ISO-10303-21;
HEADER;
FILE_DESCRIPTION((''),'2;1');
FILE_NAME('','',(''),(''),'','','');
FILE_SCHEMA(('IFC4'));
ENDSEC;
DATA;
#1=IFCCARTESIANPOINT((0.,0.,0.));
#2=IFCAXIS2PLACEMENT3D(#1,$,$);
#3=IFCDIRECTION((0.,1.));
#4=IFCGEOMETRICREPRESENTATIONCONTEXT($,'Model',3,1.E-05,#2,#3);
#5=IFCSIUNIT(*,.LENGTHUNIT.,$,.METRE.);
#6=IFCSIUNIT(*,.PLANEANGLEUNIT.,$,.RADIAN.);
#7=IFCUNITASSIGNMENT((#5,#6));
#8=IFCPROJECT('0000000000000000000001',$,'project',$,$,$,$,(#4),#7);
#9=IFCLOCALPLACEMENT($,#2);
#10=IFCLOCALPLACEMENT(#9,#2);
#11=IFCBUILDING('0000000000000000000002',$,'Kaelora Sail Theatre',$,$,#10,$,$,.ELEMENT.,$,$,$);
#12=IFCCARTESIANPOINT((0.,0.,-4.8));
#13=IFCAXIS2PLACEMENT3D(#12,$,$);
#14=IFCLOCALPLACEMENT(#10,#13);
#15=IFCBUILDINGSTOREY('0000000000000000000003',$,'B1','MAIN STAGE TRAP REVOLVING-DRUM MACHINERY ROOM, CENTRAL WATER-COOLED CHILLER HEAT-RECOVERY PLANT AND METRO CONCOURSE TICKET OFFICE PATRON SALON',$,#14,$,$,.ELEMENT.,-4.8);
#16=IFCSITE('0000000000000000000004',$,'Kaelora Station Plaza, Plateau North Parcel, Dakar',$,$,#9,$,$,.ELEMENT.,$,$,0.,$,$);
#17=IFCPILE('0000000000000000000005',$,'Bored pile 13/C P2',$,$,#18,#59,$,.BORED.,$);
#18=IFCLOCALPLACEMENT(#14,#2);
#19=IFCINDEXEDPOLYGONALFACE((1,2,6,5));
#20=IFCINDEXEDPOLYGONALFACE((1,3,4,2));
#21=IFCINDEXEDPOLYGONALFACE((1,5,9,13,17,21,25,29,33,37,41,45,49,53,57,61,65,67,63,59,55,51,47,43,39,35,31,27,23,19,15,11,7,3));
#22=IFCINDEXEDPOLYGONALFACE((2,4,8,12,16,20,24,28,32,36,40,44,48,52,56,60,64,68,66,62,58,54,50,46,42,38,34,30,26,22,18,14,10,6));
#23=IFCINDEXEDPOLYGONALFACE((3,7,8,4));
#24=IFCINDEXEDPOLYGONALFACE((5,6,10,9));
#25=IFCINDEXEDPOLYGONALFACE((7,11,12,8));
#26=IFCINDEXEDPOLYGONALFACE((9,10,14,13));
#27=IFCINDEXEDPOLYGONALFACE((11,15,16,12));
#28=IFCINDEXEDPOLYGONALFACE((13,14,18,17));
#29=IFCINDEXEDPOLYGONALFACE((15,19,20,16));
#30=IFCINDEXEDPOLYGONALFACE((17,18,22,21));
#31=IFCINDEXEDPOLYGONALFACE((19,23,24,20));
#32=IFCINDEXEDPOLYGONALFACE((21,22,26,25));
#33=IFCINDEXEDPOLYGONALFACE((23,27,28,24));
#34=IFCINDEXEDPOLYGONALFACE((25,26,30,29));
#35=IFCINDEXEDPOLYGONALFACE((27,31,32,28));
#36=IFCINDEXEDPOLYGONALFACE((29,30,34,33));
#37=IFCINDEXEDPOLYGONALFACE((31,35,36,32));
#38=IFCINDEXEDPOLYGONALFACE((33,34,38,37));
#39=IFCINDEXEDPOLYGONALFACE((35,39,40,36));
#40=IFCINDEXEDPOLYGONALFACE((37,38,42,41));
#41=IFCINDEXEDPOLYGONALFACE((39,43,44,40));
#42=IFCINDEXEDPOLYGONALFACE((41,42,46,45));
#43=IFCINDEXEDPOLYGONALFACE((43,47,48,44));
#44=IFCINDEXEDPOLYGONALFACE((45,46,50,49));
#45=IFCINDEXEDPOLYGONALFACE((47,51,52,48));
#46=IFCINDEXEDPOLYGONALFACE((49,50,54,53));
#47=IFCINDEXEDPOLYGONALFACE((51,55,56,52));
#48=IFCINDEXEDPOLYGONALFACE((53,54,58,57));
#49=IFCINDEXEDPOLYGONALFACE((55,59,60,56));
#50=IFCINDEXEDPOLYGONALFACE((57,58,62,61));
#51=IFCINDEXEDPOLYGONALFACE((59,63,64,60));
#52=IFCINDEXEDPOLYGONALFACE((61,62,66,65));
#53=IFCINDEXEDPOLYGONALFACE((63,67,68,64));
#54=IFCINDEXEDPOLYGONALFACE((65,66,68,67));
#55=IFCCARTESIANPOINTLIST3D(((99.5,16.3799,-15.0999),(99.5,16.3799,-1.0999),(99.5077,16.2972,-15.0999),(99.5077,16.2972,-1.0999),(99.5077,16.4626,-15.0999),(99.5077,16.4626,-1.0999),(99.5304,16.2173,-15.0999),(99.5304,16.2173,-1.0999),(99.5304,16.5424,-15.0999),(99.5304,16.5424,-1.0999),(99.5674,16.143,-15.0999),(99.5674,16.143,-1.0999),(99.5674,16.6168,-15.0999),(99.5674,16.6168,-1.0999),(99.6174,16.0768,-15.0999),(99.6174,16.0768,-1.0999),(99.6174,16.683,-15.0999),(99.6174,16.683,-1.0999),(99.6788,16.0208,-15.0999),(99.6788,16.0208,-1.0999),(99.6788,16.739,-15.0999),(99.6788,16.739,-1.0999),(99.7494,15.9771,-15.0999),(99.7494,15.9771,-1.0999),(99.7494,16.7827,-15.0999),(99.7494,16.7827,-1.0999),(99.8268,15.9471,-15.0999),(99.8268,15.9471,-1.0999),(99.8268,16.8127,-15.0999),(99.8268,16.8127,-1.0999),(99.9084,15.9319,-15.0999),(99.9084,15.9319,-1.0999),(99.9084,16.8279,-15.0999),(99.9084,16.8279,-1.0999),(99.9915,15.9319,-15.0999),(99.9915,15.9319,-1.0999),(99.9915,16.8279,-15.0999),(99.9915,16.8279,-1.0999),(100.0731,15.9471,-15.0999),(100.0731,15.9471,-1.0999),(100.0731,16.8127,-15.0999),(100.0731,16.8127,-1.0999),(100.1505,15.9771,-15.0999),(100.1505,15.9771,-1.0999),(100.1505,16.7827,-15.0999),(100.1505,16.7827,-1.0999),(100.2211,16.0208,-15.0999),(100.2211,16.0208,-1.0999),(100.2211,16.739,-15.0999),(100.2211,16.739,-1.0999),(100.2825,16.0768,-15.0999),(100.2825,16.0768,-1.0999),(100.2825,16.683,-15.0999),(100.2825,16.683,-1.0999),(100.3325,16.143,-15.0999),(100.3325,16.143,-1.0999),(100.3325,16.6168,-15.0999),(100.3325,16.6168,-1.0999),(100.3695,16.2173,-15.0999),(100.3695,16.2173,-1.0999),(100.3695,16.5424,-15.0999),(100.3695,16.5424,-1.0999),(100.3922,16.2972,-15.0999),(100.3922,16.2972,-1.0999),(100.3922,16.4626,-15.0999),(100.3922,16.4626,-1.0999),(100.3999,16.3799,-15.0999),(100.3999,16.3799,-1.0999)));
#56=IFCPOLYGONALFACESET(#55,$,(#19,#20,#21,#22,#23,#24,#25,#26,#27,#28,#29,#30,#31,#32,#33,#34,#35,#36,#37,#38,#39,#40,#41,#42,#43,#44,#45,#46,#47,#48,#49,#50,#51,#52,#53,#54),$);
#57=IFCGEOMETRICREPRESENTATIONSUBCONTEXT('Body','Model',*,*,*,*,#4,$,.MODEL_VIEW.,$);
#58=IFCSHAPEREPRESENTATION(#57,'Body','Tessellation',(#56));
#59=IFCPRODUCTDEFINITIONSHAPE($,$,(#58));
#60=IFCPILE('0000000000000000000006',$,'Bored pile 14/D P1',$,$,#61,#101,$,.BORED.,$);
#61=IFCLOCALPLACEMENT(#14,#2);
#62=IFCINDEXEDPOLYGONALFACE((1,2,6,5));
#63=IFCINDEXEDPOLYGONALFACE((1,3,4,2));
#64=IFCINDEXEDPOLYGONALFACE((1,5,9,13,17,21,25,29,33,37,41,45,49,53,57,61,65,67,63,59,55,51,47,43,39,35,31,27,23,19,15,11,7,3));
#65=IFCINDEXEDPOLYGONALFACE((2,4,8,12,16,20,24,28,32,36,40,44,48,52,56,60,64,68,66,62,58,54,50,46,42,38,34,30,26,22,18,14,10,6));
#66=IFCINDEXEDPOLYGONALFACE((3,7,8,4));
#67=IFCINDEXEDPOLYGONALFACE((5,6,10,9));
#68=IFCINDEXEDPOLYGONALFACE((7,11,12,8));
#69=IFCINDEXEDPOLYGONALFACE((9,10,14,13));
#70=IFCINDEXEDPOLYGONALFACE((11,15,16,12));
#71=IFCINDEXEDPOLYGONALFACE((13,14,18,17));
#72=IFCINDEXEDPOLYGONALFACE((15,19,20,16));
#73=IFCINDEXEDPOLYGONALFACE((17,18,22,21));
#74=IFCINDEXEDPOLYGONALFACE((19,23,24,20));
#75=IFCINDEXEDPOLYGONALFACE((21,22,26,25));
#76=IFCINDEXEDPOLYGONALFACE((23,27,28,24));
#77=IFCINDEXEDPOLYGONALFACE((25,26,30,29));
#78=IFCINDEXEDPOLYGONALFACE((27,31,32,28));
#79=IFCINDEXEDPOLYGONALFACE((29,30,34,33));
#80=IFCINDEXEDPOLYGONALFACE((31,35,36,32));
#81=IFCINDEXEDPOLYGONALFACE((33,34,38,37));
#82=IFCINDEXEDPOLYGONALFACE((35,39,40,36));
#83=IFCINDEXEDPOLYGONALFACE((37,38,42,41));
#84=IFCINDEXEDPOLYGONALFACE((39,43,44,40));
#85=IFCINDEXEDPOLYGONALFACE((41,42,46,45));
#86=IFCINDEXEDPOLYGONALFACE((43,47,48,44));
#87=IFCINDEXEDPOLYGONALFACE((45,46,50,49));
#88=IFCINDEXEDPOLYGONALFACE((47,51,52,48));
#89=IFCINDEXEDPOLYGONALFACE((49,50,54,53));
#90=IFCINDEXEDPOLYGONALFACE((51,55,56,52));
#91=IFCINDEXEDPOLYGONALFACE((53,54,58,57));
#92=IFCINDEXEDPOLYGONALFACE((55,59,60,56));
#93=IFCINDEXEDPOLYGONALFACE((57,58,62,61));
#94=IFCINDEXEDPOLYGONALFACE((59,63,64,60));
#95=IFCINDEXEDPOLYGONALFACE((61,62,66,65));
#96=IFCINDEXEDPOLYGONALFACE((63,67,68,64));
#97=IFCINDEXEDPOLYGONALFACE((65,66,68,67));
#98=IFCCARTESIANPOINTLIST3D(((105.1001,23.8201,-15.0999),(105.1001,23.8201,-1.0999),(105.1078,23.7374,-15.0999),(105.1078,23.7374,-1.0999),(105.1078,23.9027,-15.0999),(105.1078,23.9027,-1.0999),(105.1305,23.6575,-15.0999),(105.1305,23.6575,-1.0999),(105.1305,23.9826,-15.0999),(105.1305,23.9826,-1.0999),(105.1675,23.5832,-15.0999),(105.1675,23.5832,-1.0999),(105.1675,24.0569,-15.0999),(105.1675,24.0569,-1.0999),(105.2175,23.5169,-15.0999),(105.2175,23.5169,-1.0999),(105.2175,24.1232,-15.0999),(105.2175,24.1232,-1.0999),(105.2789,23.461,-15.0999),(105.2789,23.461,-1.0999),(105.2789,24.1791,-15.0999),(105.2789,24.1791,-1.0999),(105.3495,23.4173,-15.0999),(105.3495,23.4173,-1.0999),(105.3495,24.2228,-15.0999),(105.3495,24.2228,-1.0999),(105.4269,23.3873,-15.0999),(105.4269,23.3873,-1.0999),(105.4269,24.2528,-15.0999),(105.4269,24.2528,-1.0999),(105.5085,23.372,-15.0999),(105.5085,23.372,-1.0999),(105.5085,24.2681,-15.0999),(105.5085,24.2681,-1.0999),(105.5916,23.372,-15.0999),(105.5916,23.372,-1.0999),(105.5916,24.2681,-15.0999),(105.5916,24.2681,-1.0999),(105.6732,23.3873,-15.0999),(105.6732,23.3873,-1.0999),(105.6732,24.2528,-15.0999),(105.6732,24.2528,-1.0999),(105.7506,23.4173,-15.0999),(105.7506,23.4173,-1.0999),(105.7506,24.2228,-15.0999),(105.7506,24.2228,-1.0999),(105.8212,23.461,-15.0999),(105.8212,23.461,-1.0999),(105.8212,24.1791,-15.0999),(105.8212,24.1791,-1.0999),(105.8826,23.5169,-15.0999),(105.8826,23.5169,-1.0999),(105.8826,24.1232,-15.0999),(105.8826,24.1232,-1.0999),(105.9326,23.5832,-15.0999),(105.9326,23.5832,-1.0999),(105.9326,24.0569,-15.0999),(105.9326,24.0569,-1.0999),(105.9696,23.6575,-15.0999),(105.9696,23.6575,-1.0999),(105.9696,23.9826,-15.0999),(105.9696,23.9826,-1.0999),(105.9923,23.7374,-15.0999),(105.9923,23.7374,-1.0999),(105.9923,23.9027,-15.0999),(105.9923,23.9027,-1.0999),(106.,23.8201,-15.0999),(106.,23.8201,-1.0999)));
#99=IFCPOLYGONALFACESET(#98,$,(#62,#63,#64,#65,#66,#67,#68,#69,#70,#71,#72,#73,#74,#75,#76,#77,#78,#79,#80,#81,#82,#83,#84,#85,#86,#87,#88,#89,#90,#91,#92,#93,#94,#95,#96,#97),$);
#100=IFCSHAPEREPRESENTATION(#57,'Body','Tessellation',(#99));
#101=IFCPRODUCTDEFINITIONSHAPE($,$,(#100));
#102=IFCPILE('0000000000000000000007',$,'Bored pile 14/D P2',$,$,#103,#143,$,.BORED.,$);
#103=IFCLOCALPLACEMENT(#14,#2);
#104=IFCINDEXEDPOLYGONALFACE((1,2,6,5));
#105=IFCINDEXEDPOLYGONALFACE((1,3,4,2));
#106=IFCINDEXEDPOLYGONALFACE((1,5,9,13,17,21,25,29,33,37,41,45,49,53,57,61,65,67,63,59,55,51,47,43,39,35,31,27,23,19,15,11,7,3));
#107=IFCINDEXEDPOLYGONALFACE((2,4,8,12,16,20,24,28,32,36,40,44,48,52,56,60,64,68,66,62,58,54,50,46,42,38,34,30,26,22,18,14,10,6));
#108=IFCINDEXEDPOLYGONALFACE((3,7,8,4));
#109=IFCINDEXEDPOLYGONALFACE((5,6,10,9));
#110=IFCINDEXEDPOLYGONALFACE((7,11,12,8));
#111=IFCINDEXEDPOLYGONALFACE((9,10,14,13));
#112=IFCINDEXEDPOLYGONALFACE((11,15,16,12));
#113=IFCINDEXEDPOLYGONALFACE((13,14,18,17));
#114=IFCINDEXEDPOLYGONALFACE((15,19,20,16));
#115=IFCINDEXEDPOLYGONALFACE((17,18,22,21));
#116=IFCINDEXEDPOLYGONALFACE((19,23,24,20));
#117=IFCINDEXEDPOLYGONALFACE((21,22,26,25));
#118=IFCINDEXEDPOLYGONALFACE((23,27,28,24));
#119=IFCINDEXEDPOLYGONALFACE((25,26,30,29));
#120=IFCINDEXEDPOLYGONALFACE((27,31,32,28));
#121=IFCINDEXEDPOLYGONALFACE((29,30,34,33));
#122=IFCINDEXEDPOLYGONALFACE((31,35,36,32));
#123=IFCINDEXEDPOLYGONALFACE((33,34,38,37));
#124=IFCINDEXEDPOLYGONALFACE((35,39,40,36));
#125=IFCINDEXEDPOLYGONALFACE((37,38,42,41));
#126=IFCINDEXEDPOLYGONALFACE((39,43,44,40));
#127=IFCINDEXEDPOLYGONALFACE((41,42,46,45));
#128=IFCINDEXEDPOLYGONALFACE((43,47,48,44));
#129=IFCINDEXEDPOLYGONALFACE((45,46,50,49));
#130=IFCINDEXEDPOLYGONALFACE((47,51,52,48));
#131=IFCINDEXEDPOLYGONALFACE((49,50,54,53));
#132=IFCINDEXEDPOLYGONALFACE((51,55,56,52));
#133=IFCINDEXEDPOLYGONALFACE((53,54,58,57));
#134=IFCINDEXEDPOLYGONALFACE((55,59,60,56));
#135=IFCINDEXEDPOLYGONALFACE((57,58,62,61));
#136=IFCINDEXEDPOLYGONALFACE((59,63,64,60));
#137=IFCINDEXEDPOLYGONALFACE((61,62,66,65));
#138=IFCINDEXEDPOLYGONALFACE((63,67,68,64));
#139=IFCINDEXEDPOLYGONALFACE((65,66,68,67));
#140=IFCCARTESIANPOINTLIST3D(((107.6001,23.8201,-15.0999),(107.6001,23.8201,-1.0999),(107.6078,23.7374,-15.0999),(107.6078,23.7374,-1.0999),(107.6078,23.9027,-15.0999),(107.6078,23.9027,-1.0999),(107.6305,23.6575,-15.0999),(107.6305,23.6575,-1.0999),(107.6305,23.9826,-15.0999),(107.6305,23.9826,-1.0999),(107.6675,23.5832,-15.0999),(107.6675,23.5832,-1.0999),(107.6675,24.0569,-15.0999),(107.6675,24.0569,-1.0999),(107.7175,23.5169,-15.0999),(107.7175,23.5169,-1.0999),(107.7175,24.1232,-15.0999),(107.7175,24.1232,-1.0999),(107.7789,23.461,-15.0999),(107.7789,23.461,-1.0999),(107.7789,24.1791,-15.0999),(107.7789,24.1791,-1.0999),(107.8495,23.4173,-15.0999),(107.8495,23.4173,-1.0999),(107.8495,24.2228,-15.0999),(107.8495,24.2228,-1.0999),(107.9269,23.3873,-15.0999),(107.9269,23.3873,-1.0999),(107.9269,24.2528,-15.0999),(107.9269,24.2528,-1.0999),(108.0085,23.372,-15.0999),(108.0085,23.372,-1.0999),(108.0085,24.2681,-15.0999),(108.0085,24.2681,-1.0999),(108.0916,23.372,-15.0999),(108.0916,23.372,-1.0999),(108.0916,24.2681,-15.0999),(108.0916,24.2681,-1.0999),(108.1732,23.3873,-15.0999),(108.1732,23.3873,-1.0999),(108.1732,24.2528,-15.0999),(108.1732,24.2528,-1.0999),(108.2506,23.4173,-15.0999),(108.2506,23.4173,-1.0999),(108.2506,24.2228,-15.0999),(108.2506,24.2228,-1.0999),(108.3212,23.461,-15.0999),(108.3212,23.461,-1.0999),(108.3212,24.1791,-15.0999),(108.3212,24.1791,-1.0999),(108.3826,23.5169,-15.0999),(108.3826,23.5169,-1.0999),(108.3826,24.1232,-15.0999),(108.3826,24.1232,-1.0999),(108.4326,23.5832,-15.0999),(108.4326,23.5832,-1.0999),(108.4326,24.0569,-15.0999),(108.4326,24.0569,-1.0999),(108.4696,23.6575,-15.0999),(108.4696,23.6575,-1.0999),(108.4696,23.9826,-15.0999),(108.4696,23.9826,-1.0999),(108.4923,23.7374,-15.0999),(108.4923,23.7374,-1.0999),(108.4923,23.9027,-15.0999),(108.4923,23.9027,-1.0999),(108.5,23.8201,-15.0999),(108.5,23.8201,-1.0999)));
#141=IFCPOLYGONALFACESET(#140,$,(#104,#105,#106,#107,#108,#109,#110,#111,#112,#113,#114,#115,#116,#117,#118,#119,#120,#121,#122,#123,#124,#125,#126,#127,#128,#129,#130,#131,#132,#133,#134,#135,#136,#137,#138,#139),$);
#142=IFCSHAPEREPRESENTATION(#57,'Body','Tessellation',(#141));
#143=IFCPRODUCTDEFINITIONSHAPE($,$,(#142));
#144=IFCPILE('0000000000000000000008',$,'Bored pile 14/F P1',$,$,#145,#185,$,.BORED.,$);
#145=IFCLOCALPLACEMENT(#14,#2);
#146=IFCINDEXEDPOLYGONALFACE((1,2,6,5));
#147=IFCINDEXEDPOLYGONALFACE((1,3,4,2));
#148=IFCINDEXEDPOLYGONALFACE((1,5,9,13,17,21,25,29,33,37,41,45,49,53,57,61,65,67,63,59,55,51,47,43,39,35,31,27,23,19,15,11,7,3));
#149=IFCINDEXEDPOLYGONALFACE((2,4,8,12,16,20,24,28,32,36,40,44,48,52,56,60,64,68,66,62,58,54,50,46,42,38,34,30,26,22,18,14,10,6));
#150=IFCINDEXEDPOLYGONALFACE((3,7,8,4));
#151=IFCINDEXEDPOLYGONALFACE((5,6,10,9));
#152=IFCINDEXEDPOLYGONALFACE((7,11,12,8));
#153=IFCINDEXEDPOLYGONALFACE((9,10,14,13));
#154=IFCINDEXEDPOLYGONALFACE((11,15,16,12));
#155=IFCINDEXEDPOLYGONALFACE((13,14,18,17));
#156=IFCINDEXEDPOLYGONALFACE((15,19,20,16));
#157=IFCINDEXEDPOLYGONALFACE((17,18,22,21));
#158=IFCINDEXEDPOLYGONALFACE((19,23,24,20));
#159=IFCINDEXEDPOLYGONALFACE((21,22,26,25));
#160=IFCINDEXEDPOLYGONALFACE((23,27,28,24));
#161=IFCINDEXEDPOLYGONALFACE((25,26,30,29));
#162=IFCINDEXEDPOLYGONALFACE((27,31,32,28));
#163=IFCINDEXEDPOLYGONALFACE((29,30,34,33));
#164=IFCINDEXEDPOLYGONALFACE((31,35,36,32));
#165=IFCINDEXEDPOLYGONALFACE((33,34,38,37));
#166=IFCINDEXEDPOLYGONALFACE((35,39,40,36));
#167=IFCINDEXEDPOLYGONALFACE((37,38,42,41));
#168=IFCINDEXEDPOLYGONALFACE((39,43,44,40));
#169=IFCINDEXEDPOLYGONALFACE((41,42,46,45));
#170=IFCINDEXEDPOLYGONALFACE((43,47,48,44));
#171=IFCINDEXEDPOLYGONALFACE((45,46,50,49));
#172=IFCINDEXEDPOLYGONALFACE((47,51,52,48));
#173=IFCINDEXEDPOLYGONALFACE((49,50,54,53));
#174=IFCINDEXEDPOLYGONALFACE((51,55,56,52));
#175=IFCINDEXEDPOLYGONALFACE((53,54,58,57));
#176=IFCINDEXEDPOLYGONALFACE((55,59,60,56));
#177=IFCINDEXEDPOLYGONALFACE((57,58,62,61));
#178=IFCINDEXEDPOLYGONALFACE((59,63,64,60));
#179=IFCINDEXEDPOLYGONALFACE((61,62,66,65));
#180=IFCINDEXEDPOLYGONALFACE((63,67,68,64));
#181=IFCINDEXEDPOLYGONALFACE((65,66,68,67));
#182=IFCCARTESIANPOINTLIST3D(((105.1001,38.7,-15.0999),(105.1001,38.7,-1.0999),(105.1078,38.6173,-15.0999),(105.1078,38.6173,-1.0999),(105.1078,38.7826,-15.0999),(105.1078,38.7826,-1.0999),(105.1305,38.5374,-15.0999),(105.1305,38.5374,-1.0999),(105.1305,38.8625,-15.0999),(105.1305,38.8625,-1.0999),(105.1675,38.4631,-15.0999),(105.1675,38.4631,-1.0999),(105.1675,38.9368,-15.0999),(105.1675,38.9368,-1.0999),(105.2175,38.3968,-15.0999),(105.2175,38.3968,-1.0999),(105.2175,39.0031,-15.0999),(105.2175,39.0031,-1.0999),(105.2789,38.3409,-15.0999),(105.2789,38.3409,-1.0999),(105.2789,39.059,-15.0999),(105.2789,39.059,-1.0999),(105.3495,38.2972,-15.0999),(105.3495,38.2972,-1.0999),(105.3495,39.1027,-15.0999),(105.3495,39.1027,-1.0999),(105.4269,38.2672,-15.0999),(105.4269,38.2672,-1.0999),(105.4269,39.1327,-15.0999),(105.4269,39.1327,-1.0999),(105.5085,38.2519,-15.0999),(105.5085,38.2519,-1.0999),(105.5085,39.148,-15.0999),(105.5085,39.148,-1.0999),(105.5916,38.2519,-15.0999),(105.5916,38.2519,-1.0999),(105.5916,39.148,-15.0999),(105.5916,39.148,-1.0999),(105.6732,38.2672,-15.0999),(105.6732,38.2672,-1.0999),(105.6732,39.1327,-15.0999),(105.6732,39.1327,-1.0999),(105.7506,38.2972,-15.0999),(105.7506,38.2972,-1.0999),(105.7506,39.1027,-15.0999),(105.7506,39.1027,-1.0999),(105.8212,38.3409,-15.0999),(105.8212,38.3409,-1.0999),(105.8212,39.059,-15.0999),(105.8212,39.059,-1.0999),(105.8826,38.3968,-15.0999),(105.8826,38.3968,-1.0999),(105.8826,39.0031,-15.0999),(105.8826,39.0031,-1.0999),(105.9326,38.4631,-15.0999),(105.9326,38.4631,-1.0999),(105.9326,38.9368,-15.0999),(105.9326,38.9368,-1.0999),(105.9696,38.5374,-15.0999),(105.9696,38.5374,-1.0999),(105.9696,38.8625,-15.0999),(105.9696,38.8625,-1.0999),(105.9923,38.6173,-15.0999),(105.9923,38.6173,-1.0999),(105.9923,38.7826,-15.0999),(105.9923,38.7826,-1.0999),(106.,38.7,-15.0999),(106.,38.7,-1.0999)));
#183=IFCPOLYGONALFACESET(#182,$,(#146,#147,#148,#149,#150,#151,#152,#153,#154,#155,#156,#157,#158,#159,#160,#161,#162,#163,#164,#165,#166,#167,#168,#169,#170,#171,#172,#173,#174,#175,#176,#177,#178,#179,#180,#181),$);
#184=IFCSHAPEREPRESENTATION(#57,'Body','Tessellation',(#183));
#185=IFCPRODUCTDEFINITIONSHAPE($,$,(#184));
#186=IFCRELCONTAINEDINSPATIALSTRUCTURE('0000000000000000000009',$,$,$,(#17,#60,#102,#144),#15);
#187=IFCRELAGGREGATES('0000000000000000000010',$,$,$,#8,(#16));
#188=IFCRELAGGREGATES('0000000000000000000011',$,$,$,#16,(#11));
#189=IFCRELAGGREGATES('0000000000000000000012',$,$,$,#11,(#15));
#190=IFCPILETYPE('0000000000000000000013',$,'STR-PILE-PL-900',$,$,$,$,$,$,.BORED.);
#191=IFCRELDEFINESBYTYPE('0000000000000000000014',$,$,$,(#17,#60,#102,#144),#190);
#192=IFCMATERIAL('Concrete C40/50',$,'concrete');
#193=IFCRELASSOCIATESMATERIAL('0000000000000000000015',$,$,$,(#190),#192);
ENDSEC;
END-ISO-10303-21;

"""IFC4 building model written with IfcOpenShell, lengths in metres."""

from ifc_helpers import new_model, si_unit, direction, frame, origin, origin_2d, place, context, subcontext, project, spatial, circle, extrude, material, material_profile, profile_set, type_object, element, save


model = new_model("IFC4")

# Units and contexts
model_context = context("Model", 3, precision=1e-05, world=origin(), true_north=direction((0.0, 1.0)))
body_context = subcontext(model_context, "Body", "Model", "MODEL_VIEW")
ifc_project = project(units=[si_unit("LENGTHUNIT", "METRE"), si_unit("PLANEANGLEUNIT", "RADIAN")], contexts=[model_context])

# Site, building, storey
site_placement = place(None, origin())
site = spatial("IfcSite", under=ifc_project, at=site_placement, Name="Kaelora Station Plaza, Plateau North Parcel, Dakar", CompositionType="ELEMENT", RefElevation=0.0)
building_placement = place(site_placement, origin())
building = spatial("IfcBuilding", under=site, at=building_placement, Name="Kaelora Sail Theatre", CompositionType="ELEMENT")
storey_placement = place(building_placement, frame((0.0, 0.0, -4.8)))
storey = spatial("IfcBuildingStorey", under=building, at=storey_placement, Name="B1", Description="MAIN STAGE TRAP REVOLVING-DRUM MACHINERY ROOM, CENTRAL WATER-COOLED CHILLER HEAT-RECOVERY PLANT AND METRO CONCOURSE TICKET OFFICE PATRON SALON", CompositionType="ELEMENT", Elevation=-4.8)

# Piles
ifc_material_1 = material(Name="Concrete C40/50", Category="concrete")
ifc_material_profile_1 = material_profile(ifc_material_1, circle(Radius=0.45, at=origin_2d()), Name="PILE D900")
ifc_profile_set_1 = profile_set([ifc_material_profile_1], Name="Concrete C40/50")
pile_type = type_object("IfcPileType", Name="STR-PILE-PL-900", PredefinedType="BORED", material=ifc_profile_set_1)
for number, where, z_axis, x_axis, name in (
    (1, (99.95, 16.3799, -1.0999), (0.0, 0.0, -1.0), (1.0, 0.0, 0.0), "Bored pile 13/C P2"),
    (2, (105.55, 23.8201, -1.0999), (0.0, 0.0, -1.0), (1.0, 0.0, 0.0), "Bored pile 14/D P1"),
    (3, (108.05, 23.8201, -1.0999), (0.0, 0.0, -1.0), (1.0, 0.0, 0.0), "Bored pile 14/D P2"),
    (4, (105.55, 38.7, -1.0999), (0.0, 0.0, -1.0), (1.0, 0.0, 0.0), "Bored pile 14/F P1"),
):
    element("IfcPile", number, at=place(storey_placement, frame(where, z_axis=z_axis, x_axis=x_axis)), inside=storey, type_object=pile_type, Name=name, PredefinedType="BORED", context=body_context, shape_type="SweptSolid", body=[
        extrude(circle(Radius=0.45, at=origin_2d()), origin(), (0.0, 0.0, 1.0), 14.0),
    ])

save(model, "model.ifc")
